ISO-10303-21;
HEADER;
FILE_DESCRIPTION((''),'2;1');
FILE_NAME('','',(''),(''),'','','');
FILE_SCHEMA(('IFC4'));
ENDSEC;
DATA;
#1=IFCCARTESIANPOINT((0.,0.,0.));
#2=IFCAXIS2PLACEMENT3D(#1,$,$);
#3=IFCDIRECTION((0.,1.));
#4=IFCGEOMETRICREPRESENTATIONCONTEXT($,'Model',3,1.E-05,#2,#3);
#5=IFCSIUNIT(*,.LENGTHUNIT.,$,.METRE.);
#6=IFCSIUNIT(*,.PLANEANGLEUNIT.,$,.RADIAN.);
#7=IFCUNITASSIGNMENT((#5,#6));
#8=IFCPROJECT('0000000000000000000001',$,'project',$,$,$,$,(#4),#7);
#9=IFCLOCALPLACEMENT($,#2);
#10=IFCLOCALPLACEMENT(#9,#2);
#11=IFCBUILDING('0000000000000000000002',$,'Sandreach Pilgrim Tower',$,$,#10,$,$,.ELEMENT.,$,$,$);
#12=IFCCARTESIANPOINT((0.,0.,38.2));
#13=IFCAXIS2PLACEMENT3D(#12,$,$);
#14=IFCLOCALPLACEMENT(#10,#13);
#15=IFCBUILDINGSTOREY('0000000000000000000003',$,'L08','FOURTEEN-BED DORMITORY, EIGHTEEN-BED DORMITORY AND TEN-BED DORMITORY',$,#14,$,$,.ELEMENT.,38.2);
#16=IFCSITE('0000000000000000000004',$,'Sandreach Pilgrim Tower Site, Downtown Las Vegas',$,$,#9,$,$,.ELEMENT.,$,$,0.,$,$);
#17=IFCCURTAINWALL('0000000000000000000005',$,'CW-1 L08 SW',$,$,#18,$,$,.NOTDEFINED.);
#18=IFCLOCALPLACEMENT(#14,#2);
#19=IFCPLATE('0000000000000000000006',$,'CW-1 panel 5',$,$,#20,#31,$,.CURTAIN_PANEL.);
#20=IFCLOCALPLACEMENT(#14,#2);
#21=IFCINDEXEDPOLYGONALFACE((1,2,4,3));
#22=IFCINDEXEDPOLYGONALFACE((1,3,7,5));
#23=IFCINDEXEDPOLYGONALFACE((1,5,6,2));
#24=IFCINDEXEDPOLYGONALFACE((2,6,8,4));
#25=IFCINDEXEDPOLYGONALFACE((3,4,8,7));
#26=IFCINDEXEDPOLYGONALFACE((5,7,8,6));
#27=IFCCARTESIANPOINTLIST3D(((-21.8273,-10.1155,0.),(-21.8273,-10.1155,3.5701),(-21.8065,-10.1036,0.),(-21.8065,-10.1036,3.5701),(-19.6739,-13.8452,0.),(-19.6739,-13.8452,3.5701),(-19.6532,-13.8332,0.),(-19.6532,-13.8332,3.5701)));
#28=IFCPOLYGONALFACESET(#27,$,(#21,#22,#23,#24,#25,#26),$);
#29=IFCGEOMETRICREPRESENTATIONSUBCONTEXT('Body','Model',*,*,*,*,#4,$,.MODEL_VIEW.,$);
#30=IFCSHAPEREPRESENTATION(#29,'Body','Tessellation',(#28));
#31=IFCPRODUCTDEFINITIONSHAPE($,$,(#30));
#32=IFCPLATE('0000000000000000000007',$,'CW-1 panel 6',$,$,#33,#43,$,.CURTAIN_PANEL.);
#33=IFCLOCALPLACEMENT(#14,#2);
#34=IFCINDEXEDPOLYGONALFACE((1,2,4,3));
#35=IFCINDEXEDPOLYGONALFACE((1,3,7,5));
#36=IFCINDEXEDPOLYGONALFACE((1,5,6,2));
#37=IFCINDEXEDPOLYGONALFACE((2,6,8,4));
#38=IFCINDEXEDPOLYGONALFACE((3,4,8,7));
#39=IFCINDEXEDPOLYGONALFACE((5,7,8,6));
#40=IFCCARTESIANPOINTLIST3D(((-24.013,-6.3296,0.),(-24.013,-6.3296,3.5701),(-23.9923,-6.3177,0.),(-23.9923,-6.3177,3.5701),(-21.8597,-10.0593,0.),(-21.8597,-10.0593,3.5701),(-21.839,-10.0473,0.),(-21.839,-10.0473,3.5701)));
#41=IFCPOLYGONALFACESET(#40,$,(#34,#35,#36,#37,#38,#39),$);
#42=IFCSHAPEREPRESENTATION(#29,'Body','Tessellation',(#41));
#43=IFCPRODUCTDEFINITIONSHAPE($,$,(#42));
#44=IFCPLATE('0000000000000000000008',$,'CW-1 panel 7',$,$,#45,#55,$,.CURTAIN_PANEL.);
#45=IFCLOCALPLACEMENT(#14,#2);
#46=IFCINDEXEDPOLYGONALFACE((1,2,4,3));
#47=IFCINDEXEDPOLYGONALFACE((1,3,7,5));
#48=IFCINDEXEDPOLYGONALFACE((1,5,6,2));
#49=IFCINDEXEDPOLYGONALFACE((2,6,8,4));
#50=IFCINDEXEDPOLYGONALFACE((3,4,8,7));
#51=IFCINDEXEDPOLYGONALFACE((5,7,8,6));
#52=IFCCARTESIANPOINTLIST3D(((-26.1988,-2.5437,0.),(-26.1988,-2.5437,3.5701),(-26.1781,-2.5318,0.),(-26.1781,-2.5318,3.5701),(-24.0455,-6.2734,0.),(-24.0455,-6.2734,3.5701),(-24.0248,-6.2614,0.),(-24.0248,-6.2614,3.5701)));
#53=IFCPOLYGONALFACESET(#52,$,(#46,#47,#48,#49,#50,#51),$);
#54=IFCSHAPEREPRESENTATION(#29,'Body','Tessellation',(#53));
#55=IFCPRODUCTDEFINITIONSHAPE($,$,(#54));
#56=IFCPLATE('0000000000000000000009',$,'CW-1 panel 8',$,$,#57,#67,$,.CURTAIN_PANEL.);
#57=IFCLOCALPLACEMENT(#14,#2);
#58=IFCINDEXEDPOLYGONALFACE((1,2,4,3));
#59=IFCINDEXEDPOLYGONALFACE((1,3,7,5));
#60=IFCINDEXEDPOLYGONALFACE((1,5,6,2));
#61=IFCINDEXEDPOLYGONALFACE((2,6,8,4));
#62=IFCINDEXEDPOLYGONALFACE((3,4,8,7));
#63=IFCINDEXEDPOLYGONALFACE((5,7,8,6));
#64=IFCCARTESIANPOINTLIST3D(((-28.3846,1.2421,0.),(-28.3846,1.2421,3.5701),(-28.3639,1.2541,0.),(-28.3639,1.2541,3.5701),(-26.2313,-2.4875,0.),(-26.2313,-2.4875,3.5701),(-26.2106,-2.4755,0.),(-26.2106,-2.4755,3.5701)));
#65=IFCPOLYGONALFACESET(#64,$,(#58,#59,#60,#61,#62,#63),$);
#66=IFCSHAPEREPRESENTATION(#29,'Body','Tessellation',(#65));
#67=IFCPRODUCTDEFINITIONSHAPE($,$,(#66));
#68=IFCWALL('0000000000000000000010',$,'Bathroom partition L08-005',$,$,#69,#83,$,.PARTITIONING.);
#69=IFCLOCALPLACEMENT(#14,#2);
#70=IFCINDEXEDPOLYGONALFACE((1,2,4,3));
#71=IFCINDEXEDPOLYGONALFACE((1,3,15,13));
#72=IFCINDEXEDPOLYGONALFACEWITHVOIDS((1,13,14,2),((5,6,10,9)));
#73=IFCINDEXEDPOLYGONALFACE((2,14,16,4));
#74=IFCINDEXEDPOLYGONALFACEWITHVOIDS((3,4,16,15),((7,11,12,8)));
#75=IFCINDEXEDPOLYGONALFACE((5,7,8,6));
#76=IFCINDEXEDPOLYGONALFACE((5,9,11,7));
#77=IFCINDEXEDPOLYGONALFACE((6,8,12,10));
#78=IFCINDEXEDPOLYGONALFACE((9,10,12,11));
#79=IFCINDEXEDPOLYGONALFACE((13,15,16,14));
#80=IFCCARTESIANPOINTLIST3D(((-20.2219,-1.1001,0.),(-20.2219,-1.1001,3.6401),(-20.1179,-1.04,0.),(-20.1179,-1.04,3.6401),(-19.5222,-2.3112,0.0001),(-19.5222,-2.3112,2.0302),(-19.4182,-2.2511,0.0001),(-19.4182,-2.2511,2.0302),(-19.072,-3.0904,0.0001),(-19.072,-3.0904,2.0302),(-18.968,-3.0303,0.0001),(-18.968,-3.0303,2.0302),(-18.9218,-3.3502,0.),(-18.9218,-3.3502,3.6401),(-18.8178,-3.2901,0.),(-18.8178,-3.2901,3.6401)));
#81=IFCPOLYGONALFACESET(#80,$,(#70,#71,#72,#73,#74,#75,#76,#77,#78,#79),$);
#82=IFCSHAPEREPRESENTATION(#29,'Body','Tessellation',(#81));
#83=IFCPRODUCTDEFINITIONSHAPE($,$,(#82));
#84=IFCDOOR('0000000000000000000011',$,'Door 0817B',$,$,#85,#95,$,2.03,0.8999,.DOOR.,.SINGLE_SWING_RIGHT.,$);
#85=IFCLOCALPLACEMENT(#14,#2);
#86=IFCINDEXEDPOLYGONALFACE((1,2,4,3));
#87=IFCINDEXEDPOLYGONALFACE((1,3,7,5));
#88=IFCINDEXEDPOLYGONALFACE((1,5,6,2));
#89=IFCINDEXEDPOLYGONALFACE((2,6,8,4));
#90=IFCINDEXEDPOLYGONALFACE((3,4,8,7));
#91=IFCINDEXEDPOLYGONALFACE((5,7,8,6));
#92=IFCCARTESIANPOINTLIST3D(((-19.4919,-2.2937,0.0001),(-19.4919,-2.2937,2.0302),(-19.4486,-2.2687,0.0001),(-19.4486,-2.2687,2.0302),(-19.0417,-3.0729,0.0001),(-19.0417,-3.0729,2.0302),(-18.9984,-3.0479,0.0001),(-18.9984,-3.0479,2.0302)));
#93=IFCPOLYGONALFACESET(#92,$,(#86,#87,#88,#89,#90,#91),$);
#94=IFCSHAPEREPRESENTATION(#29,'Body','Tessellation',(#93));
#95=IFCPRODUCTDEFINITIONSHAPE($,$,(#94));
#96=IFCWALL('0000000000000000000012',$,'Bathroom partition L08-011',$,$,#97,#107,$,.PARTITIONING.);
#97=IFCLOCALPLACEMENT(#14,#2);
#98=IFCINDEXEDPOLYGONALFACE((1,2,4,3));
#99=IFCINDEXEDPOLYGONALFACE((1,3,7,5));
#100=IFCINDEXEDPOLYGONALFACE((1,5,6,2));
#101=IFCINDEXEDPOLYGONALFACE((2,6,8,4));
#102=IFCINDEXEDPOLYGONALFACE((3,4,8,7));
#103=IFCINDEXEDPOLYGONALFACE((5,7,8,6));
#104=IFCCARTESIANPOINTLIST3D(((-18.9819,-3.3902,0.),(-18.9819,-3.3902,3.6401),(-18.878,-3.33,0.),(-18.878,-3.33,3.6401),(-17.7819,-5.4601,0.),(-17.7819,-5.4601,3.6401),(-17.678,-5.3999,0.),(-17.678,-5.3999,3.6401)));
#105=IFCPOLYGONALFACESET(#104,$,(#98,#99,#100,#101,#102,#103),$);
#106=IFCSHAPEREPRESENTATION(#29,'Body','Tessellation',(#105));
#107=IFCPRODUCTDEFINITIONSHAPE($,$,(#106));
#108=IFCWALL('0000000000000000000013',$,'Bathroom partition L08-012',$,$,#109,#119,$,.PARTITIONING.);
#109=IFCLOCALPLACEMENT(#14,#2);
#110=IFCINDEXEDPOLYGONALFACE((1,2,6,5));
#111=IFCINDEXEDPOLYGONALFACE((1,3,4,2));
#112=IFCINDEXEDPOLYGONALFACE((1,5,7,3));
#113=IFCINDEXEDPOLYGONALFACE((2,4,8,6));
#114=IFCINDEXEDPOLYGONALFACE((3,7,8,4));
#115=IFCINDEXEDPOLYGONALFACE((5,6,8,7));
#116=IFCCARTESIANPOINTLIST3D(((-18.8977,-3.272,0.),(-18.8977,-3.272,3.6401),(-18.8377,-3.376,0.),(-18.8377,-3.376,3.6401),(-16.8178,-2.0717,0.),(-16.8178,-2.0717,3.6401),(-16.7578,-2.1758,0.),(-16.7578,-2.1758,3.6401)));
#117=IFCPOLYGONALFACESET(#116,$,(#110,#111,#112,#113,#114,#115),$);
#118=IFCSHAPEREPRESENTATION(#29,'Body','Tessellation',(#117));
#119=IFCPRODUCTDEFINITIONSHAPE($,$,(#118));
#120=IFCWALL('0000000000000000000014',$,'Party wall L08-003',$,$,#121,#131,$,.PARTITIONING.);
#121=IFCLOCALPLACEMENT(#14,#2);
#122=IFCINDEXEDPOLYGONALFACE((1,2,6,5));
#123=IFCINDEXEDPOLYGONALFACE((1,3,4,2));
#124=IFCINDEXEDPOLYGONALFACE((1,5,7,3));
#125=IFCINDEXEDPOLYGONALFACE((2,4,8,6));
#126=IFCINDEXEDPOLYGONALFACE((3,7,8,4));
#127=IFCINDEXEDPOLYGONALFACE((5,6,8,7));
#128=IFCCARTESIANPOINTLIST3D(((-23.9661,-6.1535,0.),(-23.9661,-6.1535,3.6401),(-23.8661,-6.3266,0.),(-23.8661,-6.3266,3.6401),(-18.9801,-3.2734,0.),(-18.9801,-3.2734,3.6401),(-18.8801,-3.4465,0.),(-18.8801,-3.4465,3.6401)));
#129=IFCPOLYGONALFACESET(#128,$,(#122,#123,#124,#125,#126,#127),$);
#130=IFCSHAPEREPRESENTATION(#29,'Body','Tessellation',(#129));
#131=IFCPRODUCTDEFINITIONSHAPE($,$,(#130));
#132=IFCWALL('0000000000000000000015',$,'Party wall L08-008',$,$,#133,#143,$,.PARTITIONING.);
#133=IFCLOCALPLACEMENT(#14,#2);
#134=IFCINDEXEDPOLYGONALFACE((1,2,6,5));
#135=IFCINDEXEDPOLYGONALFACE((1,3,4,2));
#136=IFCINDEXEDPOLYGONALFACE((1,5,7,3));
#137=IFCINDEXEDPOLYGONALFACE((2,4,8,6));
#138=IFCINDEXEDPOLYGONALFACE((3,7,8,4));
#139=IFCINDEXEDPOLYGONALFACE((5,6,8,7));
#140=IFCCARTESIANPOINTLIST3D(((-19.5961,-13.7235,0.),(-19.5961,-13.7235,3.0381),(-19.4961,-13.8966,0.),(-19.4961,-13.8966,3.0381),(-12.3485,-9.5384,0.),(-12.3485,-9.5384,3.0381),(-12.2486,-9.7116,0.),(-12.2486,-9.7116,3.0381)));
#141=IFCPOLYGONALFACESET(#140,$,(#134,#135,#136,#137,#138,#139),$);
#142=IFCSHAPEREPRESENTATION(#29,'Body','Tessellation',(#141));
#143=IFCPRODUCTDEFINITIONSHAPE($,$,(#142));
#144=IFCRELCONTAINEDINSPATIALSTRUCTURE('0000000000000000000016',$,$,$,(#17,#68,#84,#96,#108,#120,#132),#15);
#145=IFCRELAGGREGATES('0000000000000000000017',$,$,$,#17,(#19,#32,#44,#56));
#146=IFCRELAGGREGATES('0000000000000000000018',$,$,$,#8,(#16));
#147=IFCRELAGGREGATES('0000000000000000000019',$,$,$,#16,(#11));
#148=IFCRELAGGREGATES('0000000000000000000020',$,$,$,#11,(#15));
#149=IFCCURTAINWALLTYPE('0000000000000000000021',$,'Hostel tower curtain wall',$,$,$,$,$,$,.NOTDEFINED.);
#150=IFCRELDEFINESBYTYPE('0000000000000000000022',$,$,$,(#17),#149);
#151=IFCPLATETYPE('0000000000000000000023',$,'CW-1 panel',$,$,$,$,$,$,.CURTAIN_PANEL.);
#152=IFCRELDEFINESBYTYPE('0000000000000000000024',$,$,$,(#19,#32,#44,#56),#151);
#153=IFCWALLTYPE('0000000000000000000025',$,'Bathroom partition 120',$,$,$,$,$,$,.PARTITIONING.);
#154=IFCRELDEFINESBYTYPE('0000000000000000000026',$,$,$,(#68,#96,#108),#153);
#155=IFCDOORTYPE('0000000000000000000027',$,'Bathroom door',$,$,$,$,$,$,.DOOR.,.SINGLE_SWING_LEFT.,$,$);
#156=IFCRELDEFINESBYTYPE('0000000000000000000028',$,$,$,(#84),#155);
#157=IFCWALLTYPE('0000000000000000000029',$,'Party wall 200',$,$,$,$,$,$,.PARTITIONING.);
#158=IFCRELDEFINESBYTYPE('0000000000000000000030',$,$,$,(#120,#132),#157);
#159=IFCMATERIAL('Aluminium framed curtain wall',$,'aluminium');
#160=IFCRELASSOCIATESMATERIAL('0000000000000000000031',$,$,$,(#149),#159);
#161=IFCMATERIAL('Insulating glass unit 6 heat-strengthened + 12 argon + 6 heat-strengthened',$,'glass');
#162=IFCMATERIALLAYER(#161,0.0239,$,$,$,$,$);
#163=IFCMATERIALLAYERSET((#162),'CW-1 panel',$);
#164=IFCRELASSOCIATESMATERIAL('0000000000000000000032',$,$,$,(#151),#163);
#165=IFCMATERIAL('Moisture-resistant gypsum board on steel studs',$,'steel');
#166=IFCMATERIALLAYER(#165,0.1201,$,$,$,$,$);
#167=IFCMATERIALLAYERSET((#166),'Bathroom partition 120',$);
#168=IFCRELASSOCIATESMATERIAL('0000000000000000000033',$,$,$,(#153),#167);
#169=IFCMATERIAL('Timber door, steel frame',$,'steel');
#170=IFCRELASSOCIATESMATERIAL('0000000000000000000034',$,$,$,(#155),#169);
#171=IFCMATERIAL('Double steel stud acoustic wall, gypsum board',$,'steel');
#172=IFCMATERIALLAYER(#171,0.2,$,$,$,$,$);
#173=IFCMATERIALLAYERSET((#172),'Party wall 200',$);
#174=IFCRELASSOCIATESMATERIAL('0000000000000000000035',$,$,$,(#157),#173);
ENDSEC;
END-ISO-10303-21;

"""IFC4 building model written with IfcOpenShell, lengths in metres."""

from ifc_helpers import new_model, si_unit, direction, frame, frame_2d, origin, origin_2d, place, context, subcontext, project, spatial, rectangle, extrude, material, layer, layer_set, type_object, element, fill, aggregate, save


model = new_model("IFC4")

# Units and contexts
model_context = context("Model", 3, precision=1e-05, world=origin(), true_north=direction((0.0, 1.0)))
body_context = subcontext(model_context, "Body", "Model", "MODEL_VIEW")
ifc_project = project(units=[si_unit("LENGTHUNIT", "METRE"), si_unit("PLANEANGLEUNIT", "RADIAN")], contexts=[model_context])

# Site, building, storey
site_placement = place(None, origin())
site = spatial("IfcSite", under=ifc_project, at=site_placement, Name="Sandreach Pilgrim Tower Site, Downtown Las Vegas", CompositionType="ELEMENT", RefElevation=0.0)
building_placement = place(site_placement, origin())
building = spatial("IfcBuilding", under=site, at=building_placement, Name="Sandreach Pilgrim Tower", CompositionType="ELEMENT")
storey_placement = place(building_placement, frame((0.0, 0.0, 38.2)))
storey = spatial("IfcBuildingStorey", under=building, at=storey_placement, Name="L08", Description="FOURTEEN-BED DORMITORY, EIGHTEEN-BED DORMITORY AND TEN-BED DORMITORY", CompositionType="ELEMENT", Elevation=38.2)

# Curtain wall
ifc_material_1 = material(Name="Aluminium framed curtain wall", Category="aluminium")
curtain_wall_type = type_object("IfcCurtainWallType", Name="Hostel tower curtain wall", PredefinedType="NOTDEFINED", material=ifc_material_1)
curtain_wall_placement = place(storey_placement, origin())
curtain_wall = element("IfcCurtainWall", 1, at=curtain_wall_placement, inside=storey, type_object=curtain_wall_type, Name="CW-1 L08 SW", PredefinedType="NOTDEFINED")

# Plates
ifc_material_2 = material(Name="Insulating glass unit 6 heat-strengthened + 12 argon + 6 heat-strengthened", Category="glass")
ifc_layer_1 = layer(ifc_material_2, 0.0239)
ifc_layer_set_1 = layer_set([ifc_layer_1], Name="CW-1 panel")
plate_type = type_object("IfcPlateType", Name="CW-1 panel", PredefinedType="CURTAIN_PANEL", material=ifc_layer_set_1)
plate_1_placement = place(storey_placement, frame((-20.7402, -11.9744, 0.0), z_axis=(0.0, 0.0, 1.0), x_axis=(-0.5, 0.866025, 0.0)))
plate_1 = element("IfcPlate", 2, at=plate_1_placement, type_object=plate_type, Name="CW-1 panel 5", PredefinedType="CURTAIN_PANEL", context=body_context, shape_type="SweptSolid", body=[
    extrude(rectangle(XDim=4.3066, YDim=0.0239, at=origin_2d()), origin(), (0.0, 0.0, 1.0), 3.5701),
])
plate_2_placement = place(storey_placement, frame((-22.926, -8.1885, 0.0), z_axis=(0.0, 0.0, 1.0), x_axis=(-0.5, 0.866025, 0.0)))
plate_2 = element("IfcPlate", 3, at=plate_2_placement, type_object=plate_type, Name="CW-1 panel 6", PredefinedType="CURTAIN_PANEL", context=body_context, shape_type="SweptSolid", body=[
    extrude(rectangle(XDim=4.3066, YDim=0.0239, at=origin_2d()), origin(), (0.0, 0.0, 1.0), 3.5701),
])
plate_3_placement = place(storey_placement, frame((-25.1118, -4.4026, 0.0), z_axis=(0.0, 0.0, 1.0), x_axis=(-0.5, 0.866025, 0.0)))
plate_3 = element("IfcPlate", 4, at=plate_3_placement, type_object=plate_type, Name="CW-1 panel 7", PredefinedType="CURTAIN_PANEL", context=body_context, shape_type="SweptSolid", body=[
    extrude(rectangle(XDim=4.3066, YDim=0.0239, at=origin_2d()), origin(), (0.0, 0.0, 1.0), 3.5701),
])
plate_4_placement = place(storey_placement, frame((-27.2976, -0.6167, 0.0), z_axis=(0.0, 0.0, 1.0), x_axis=(-0.5, 0.866025, 0.0)))
plate_4 = element("IfcPlate", 5, at=plate_4_placement, type_object=plate_type, Name="CW-1 panel 8", PredefinedType="CURTAIN_PANEL", context=body_context, shape_type="SweptSolid", body=[
    extrude(rectangle(XDim=4.3066, YDim=0.0239, at=origin_2d()), origin(), (0.0, 0.0, 1.0), 3.5701),
])
aggregate(curtain_wall, [plate_1, plate_2, plate_3, plate_4])

# Wall, opening, door
ifc_material_3 = material(Name="Moisture-resistant gypsum board on steel studs", Category="steel")
ifc_layer_2 = layer(ifc_material_3, 0.1201)
ifc_layer_set_2 = layer_set([ifc_layer_2], Name="Bathroom partition 120")
wall_type_1 = type_object("IfcWallType", Name="Bathroom partition 120", PredefinedType="PARTITIONING", material=ifc_layer_set_2)
wall_1_placement = place(storey_placement, frame((-20.1699, -1.0701, 0.0), z_axis=(0.0, 0.0, 1.0), x_axis=(0.500292, -0.865857, 0.0)))
wall_1 = element("IfcWall", 6, at=wall_1_placement, inside=storey, type_object=wall_type_1, Name="Bathroom partition L08-005", PredefinedType="PARTITIONING", context=body_context, shape_type="SweptSolid", body=[
    extrude(rectangle(XDim=2.5986, YDim=0.1201, at=frame_2d((1.2993, 0.0))), origin(), (0.0, 0.0, 1.0), 3.6401),
])
opening_placement = place(wall_1_placement, frame((1.3987, 0.0, 0.0)))
opening = element("IfcOpeningElement", 7, at=opening_placement, cuts=wall_1, PredefinedType="OPENING", context=body_context, shape_type="SweptSolid", body=[
    extrude(rectangle(XDim=0.8999, YDim=2.03, at=frame_2d((0.45, 1.0151))), frame((0.0, 0.0601, 0.0), z_axis=(0.0, -1.0, 0.0), x_axis=(1.0, 0.0, 0.0)), (0.0, 0.0, 1.0), 0.1201),
])
ifc_material_4 = material(Name="Timber door, steel frame", Category="steel")
door_type = type_object("IfcDoorType", Name="Bathroom door", OperationType="SINGLE_SWING_LEFT", PredefinedType="DOOR", material=ifc_material_4)
door_placement = place(opening_placement, origin())
door = element("IfcDoor", 8, at=door_placement, inside=storey, type_object=door_type, Name="Door 0817B", OperationType="SINGLE_SWING_RIGHT", OverallHeight=2.03, OverallWidth=0.8999, PredefinedType="DOOR", context=body_context, shape_type="SweptSolid", body=[
    extrude(rectangle(XDim=0.8999, YDim=2.03, at=frame_2d((0.45, 1.0151))), frame((0.0, 0.0249, 0.0), z_axis=(0.0, -1.0, 0.0), x_axis=(1.0, 0.0, 0.0)), (0.0, 0.0, 1.0), 0.05),
])
fill(opening, door)

# Walls
wall_2_placement = place(storey_placement, frame((-18.9299, -3.3601, 0.0), z_axis=(0.0, 0.0, 1.0), x_axis=(0.501547, -0.86513, 0.0)))
element("IfcWall", 9, at=wall_2_placement, inside=storey, type_object=wall_type_1, Name="Bathroom partition L08-011", PredefinedType="PARTITIONING", context=body_context, shape_type="SweptSolid", body=[
    extrude(rectangle(XDim=2.3926, YDim=0.1201, at=frame_2d((1.1963, 0.0))), origin(), (0.0, 0.0, 1.0), 3.6401),
])
wall_3_placement = place(storey_placement, frame((-18.8677, -3.324, 0.0), z_axis=(0.0, 0.0, 1.0), x_axis=(0.866133, 0.499813, 0.0)))
element("IfcWall", 10, at=wall_3_placement, inside=storey, type_object=wall_type_1, Name="Bathroom partition L08-012", PredefinedType="PARTITIONING", context=body_context, shape_type="SweptSolid", body=[
    extrude(rectangle(XDim=2.4014, YDim=0.1201, at=frame_2d((1.2007, 0.0))), origin(), (0.0, 0.0, 1.0), 3.6401),
])
ifc_material_5 = material(Name="Double steel stud acoustic wall, gypsum board", Category="steel")
ifc_layer_3 = layer(ifc_material_5, 0.2)
ifc_layer_set_3 = layer_set([ifc_layer_3], Name="Party wall 200")
wall_type_2 = type_object("IfcWallType", Name="Party wall 200", PredefinedType="PARTITIONING", material=ifc_layer_set_3)
wall_4_placement = place(storey_placement, frame((-23.916, -6.24, 0.0), z_axis=(0.0, 0.0, 1.0), x_axis=(0.865919, 0.500184, 0.0)))
element("IfcWall", 11, at=wall_4_placement, inside=storey, type_object=wall_type_2, Name="Party wall L08-003", PredefinedType="PARTITIONING", context=body_context, shape_type="SweptSolid", body=[
    extrude(rectangle(XDim=5.7581, YDim=0.2, at=frame_2d((2.8789, 0.0))), origin(), (0.0, 0.0, 1.0), 3.6401),
])
wall_5_placement = place(storey_placement, frame((-19.5461, -13.8101, 0.0), z_axis=(0.0, 0.0, 1.0), x_axis=(0.86599, 0.500061, 0.0)))
element("IfcWall", 12, at=wall_5_placement, inside=storey, type_object=wall_type_2, Name="Party wall L08-008", PredefinedType="PARTITIONING", context=body_context, shape_type="SweptSolid", body=[
    extrude(rectangle(XDim=8.3691, YDim=0.2, at=frame_2d((4.1846, 0.0))), origin(), (0.0, 0.0, 1.0), 3.0381),
])

save(model, "model.ifc")
